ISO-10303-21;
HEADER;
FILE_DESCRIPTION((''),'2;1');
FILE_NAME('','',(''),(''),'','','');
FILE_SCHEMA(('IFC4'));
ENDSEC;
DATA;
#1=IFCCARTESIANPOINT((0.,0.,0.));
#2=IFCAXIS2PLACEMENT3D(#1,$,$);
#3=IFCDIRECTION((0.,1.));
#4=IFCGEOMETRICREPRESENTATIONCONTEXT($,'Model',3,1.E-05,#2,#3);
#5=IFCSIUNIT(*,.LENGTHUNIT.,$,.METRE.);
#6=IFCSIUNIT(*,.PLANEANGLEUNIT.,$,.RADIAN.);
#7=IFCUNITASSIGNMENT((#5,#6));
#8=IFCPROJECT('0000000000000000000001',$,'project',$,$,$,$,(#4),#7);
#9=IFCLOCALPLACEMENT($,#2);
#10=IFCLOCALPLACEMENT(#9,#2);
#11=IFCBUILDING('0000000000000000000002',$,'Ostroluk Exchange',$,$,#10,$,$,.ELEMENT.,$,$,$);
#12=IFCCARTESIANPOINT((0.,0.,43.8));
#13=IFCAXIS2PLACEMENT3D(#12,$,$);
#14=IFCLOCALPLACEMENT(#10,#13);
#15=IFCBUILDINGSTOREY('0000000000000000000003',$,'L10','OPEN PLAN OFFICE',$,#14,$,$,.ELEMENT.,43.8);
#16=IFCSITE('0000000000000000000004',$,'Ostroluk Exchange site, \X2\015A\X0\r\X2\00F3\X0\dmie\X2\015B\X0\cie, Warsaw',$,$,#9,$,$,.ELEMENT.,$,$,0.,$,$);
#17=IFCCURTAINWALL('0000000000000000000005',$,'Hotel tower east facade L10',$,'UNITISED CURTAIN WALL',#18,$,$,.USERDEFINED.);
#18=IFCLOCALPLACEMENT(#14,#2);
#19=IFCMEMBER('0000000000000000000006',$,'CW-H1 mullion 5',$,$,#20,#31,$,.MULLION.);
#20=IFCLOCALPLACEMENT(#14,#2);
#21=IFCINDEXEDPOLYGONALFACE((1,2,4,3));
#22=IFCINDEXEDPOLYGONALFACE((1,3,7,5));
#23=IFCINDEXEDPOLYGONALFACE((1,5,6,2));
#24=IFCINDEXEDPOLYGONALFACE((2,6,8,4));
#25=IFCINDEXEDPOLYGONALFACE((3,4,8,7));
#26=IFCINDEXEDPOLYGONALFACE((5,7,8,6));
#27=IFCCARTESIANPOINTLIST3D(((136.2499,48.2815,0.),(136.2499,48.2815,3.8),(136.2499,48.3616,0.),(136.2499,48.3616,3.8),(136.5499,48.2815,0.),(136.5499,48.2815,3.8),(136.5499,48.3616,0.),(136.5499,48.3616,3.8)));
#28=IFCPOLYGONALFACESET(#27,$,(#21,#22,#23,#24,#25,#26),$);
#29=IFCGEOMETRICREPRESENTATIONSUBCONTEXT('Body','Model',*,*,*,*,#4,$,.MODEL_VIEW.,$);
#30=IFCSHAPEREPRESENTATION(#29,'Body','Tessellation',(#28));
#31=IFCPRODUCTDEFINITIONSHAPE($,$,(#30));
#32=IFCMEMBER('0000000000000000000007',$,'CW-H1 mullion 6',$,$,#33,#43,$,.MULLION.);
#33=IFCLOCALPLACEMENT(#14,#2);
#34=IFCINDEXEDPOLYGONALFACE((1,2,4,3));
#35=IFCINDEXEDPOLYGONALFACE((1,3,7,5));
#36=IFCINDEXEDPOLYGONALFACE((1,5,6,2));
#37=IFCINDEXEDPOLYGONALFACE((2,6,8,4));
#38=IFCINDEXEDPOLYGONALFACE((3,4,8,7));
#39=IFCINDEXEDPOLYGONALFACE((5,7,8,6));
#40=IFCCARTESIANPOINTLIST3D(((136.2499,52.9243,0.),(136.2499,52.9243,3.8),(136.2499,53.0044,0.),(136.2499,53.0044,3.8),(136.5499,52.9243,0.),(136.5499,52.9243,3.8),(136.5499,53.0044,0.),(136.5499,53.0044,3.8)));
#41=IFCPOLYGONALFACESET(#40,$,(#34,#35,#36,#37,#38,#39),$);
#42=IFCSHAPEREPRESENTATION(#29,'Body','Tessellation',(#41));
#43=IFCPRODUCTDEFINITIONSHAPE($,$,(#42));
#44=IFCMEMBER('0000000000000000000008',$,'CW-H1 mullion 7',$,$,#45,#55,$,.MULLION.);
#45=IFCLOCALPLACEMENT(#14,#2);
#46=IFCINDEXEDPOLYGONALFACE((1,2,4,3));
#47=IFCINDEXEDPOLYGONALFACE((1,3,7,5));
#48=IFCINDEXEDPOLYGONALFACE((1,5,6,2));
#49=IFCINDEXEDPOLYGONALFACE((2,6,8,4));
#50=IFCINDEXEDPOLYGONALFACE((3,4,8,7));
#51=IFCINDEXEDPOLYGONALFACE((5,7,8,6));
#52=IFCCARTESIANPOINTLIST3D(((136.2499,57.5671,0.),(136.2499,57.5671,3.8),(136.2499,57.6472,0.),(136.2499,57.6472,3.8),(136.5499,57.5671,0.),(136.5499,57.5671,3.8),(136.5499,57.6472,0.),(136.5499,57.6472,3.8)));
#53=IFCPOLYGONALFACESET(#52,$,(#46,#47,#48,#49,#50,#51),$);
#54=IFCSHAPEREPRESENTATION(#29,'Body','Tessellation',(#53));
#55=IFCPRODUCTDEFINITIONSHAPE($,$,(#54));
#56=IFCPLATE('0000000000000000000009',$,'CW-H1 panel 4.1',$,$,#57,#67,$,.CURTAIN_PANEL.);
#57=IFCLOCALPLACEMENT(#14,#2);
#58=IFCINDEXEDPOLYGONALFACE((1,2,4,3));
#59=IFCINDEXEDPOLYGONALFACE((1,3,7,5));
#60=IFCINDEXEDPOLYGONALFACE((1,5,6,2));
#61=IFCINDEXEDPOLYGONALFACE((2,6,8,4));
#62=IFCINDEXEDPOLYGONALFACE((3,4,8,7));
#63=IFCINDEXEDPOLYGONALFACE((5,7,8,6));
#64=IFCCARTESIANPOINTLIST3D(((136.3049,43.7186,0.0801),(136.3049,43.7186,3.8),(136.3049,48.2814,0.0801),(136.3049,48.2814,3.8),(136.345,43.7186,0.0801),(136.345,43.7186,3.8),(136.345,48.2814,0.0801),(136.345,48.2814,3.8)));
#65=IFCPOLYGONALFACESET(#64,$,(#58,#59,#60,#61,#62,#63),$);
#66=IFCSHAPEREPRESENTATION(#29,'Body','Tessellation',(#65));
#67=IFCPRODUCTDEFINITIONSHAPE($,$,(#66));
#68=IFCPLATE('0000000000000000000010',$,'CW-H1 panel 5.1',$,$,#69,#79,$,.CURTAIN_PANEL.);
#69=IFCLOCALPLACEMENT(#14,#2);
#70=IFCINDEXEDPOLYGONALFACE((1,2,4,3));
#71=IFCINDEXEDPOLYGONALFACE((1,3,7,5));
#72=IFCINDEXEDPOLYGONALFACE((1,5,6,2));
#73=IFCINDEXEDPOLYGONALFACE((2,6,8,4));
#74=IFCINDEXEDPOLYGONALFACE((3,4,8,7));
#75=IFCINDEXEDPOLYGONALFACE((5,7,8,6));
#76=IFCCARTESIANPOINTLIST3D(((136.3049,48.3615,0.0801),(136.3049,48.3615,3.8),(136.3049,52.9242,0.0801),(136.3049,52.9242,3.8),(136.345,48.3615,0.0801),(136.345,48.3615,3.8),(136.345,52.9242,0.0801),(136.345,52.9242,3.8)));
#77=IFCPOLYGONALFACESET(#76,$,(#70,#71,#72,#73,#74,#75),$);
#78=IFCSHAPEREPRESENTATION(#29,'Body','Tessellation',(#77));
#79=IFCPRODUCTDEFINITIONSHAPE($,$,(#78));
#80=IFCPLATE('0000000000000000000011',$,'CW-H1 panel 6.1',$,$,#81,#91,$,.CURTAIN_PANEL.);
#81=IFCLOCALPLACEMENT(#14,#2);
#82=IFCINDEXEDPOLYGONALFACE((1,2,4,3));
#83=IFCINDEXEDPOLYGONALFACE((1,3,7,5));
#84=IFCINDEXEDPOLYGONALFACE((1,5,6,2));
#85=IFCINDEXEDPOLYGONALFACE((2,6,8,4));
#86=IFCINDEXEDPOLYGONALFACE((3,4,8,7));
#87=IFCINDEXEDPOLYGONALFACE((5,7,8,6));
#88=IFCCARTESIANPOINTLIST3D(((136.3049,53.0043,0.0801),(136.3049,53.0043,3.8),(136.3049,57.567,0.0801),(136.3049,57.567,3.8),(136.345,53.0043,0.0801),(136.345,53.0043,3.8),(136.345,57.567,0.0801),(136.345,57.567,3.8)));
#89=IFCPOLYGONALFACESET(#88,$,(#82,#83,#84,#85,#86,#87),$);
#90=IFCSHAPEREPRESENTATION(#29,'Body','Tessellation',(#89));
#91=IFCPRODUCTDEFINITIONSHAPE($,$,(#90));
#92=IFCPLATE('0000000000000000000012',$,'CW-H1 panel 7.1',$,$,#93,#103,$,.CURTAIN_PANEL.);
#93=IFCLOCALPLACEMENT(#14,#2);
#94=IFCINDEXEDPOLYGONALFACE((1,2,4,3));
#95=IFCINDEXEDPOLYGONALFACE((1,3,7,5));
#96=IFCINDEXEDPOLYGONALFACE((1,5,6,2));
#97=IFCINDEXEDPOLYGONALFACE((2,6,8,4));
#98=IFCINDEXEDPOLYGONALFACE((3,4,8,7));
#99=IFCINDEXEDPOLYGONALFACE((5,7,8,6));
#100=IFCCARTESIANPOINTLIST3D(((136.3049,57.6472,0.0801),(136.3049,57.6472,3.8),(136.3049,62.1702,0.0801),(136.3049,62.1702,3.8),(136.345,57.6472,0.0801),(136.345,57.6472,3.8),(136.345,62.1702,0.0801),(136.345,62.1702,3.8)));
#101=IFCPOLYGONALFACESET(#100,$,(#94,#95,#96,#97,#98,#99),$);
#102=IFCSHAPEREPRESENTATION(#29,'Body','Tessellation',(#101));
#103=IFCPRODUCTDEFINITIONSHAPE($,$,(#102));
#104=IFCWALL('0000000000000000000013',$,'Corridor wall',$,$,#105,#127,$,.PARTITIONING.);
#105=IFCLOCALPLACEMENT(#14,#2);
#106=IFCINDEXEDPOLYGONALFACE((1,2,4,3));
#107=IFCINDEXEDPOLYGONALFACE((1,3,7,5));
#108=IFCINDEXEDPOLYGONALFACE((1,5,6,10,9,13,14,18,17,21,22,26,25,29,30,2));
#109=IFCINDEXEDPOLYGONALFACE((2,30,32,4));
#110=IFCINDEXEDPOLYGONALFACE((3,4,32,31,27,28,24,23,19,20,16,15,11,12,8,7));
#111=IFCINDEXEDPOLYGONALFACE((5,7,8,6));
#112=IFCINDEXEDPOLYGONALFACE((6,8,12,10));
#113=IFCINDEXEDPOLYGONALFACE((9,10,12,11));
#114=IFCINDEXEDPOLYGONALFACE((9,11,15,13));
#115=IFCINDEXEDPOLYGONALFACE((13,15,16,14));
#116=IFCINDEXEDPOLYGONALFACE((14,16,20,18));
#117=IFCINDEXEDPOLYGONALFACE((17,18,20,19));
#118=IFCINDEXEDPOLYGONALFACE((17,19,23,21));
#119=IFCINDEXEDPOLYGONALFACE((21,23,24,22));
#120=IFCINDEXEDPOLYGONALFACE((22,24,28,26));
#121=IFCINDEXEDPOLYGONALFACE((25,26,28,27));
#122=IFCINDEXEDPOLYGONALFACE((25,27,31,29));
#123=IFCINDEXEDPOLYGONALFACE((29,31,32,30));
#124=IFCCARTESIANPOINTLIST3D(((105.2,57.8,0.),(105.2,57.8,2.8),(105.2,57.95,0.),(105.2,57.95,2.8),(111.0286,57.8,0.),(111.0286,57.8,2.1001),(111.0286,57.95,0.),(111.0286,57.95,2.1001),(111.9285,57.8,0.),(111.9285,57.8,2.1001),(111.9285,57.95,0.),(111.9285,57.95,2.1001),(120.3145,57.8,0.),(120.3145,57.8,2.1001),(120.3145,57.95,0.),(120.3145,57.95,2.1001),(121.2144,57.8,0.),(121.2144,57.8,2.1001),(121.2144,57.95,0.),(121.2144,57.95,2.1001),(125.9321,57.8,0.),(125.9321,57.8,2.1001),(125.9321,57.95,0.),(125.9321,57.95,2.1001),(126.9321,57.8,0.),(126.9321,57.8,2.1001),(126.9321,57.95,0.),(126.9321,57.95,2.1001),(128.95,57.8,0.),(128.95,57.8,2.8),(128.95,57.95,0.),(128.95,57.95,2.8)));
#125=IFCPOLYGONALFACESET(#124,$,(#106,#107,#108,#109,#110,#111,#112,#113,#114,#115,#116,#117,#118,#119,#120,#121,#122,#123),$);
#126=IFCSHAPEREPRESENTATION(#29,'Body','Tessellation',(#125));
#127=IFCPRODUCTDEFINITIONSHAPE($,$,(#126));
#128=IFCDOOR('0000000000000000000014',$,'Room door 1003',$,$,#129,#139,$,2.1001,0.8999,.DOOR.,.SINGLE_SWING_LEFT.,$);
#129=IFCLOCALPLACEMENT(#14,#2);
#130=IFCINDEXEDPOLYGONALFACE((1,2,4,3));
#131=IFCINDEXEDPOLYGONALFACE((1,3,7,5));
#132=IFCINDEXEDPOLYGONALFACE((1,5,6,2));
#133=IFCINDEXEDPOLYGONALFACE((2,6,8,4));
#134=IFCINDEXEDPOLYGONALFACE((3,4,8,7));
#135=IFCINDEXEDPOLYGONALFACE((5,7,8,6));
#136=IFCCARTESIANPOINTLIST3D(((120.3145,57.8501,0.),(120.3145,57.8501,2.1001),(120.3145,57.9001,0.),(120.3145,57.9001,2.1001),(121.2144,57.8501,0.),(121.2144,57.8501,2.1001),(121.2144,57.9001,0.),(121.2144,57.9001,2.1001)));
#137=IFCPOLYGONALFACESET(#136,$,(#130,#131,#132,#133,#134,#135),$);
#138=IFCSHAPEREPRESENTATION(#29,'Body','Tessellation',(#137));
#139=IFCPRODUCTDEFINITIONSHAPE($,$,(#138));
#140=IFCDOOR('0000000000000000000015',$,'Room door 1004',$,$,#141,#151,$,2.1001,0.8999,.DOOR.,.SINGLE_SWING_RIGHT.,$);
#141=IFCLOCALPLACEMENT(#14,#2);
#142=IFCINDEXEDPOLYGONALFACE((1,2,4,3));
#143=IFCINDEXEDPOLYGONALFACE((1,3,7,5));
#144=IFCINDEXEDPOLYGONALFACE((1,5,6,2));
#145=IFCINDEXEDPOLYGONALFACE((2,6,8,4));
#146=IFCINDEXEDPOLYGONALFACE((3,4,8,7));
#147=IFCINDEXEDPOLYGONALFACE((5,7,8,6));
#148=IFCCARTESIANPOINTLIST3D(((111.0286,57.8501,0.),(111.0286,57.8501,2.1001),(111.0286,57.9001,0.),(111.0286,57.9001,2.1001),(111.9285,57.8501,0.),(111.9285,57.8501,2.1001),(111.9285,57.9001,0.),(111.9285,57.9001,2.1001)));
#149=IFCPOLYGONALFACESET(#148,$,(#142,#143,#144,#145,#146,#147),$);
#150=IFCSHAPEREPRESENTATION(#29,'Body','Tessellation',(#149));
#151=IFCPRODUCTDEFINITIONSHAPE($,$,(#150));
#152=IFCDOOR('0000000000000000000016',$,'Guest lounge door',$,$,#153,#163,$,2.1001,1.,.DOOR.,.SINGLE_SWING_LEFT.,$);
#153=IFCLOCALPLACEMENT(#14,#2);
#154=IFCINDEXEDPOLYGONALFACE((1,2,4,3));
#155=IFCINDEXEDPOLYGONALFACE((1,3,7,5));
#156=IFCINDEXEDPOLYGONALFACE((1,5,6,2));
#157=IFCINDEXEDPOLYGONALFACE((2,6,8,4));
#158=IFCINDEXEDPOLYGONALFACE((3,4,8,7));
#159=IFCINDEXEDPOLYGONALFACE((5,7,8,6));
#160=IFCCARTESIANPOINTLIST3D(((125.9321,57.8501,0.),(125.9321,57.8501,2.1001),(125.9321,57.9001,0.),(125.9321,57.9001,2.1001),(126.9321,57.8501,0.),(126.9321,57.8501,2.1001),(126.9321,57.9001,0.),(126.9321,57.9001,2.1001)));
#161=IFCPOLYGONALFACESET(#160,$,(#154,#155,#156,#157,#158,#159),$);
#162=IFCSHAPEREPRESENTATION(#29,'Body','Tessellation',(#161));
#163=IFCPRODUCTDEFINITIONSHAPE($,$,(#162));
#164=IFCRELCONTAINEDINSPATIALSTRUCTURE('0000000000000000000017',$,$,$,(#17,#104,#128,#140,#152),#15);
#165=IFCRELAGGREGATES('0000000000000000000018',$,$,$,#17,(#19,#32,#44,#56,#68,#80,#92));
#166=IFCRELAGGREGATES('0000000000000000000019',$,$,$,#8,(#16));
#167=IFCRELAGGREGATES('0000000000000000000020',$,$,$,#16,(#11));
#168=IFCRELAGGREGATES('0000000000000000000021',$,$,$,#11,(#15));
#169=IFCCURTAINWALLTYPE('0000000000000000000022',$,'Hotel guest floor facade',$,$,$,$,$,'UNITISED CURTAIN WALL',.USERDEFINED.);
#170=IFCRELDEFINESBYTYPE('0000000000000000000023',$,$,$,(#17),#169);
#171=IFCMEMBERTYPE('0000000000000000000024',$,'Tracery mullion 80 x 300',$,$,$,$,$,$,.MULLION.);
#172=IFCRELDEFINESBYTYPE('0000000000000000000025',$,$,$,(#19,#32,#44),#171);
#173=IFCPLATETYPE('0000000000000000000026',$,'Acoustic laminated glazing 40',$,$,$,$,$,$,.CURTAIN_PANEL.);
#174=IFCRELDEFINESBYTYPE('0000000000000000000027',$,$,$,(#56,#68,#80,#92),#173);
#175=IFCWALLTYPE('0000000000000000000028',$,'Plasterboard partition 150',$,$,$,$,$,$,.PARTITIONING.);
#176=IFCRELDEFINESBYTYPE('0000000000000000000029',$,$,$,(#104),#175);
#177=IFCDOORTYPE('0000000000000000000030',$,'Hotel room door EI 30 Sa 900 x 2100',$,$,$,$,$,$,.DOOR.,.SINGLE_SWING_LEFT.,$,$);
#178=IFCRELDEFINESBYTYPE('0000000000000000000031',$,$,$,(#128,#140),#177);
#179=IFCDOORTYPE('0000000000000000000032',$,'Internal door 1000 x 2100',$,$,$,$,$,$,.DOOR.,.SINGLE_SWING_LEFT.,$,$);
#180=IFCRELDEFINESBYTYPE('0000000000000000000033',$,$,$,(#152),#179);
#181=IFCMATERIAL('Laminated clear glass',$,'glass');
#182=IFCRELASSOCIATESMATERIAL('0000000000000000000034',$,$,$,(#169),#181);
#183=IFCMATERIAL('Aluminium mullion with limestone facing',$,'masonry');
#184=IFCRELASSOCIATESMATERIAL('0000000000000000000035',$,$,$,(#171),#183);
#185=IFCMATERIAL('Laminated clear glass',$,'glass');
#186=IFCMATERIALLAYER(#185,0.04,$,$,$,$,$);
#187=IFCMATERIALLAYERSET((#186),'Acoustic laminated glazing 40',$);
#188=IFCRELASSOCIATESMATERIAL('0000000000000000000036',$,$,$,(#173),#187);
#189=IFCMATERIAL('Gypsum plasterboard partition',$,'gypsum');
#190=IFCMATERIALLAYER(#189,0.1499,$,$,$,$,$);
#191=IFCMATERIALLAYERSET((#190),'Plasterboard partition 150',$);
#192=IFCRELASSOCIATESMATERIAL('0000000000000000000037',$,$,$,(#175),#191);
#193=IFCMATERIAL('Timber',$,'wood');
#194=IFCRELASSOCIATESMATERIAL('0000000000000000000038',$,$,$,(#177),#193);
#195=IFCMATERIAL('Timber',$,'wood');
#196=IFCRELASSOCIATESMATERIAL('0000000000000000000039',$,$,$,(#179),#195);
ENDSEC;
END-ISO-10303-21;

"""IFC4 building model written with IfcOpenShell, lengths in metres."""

from ifc_helpers import new_model, si_unit, direction, frame, frame_2d, origin, origin_2d, place, context, subcontext, project, spatial, rectangle, extrude, material, layer, layer_set, material_profile, profile_set, type_object, element, fill, aggregate, save


model = new_model("IFC4")

# Units and contexts
model_context = context("Model", 3, precision=1e-05, world=origin(), true_north=direction((0.0, 1.0)))
body_context = subcontext(model_context, "Body", "Model", "MODEL_VIEW")
ifc_project = project(units=[si_unit("LENGTHUNIT", "METRE"), si_unit("PLANEANGLEUNIT", "RADIAN")], contexts=[model_context])

# Site, building, storey
site_placement = place(None, origin())
site = spatial("IfcSite", under=ifc_project, at=site_placement, Name="Ostroluk Exchange site, Śródmieście, Warsaw", CompositionType="ELEMENT", RefElevation=0.0)
building_placement = place(site_placement, origin())
building = spatial("IfcBuilding", under=site, at=building_placement, Name="Ostroluk Exchange", CompositionType="ELEMENT")
storey_placement = place(building_placement, frame((0.0, 0.0, 43.8)))
storey = spatial("IfcBuildingStorey", under=building, at=storey_placement, Name="L10", Description="OPEN PLAN OFFICE", CompositionType="ELEMENT", Elevation=43.8)

# Curtain wall, members, plates
ifc_material_1 = material(Name="Laminated clear glass", Category="glass")
curtain_wall_type = type_object("IfcCurtainWallType", Name="Hotel guest floor facade", ElementType="UNITISED CURTAIN WALL", PredefinedType="USERDEFINED", material=ifc_material_1)
curtain_wall_placement = place(storey_placement, origin())
curtain_wall = element("IfcCurtainWall", 1, at=curtain_wall_placement, inside=storey, type_object=curtain_wall_type, Name="Hotel tower east facade L10", ObjectType="UNITISED CURTAIN WALL", PredefinedType="USERDEFINED")
ifc_material_2 = material(Name="Aluminium mullion with limestone facing", Category="masonry")
ifc_material_profile_1 = material_profile(ifc_material_2, rectangle(XDim=0.3, YDim=0.0801, at=origin_2d()), Name="Tracery mullion 80 x 300")
ifc_profile_set_1 = profile_set([ifc_material_profile_1], Name="Aluminium mullion with limestone facing")
member_type_1 = type_object("IfcMemberType", Name="Tracery mullion 80 x 300", PredefinedType="MULLION", material=ifc_profile_set_1)
member_1_placement = place(storey_placement, frame((136.3999, 48.3215, 0.0), z_axis=(0.0, 0.0, 1.0), x_axis=(-1.0, 0.0, 0.0)))
member_1 = element("IfcMember", 2, at=member_1_placement, type_object=member_type_1, Name="CW-H1 mullion 5", PredefinedType="MULLION", context=body_context, shape_type="SweptSolid", body=[
    extrude(rectangle(XDim=0.3, YDim=0.0801, at=origin_2d()), origin(), (0.0, 0.0, 1.0), 3.8),
])
member_2_placement = place(storey_placement, frame((136.3999, 52.9644, 0.0), z_axis=(0.0, 0.0, 1.0), x_axis=(-1.0, 0.0, 0.0)))
member_2 = element("IfcMember", 3, at=member_2_placement, type_object=member_type_1, Name="CW-H1 mullion 6", PredefinedType="MULLION", context=body_context, shape_type="SweptSolid", body=[
    extrude(rectangle(XDim=0.3, YDim=0.0801, at=origin_2d()), origin(), (0.0, 0.0, 1.0), 3.8),
])
member_3_placement = place(storey_placement, frame((136.3999, 57.6072, 0.0), z_axis=(0.0, 0.0, 1.0), x_axis=(-1.0, 0.0, 0.0)))
member_3 = element("IfcMember", 4, at=member_3_placement, type_object=member_type_1, Name="CW-H1 mullion 7", PredefinedType="MULLION", context=body_context, shape_type="SweptSolid", body=[
    extrude(rectangle(XDim=0.3, YDim=0.0801, at=origin_2d()), origin(), (0.0, 0.0, 1.0), 3.8),
])
ifc_material_3 = material(Name="Laminated clear glass", Category="glass")
ifc_layer_1 = layer(ifc_material_3, 0.04)
ifc_layer_set_1 = layer_set([ifc_layer_1], Name="Acoustic laminated glazing 40")
plate_type = type_object("IfcPlateType", Name="Acoustic laminated glazing 40", PredefinedType="CURTAIN_PANEL", material=ifc_layer_set_1)
plate_1_placement = place(storey_placement, frame((136.325, 46.0, 0.0801), z_axis=(0.0, 0.0, 1.0), x_axis=(0.0, 1.0, 0.0)))
plate_1 = element("IfcPlate", 5, at=plate_1_placement, type_object=plate_type, Name="CW-H1 panel 4.1", PredefinedType="CURTAIN_PANEL", context=body_context, shape_type="SweptSolid", body=[
    extrude(rectangle(XDim=4.5627, YDim=0.04, at=origin_2d()), origin(), (0.0, 0.0, 1.0), 3.72),
])
plate_2_placement = place(storey_placement, frame((136.325, 50.6428, 0.0801), z_axis=(0.0, 0.0, 1.0), x_axis=(0.0, 1.0, 0.0)))
plate_2 = element("IfcPlate", 6, at=plate_2_placement, type_object=plate_type, Name="CW-H1 panel 5.1", PredefinedType="CURTAIN_PANEL", context=body_context, shape_type="SweptSolid", body=[
    extrude(rectangle(XDim=4.5627, YDim=0.04, at=origin_2d()), origin(), (0.0, 0.0, 1.0), 3.72),
])
plate_3_placement = place(storey_placement, frame((136.325, 55.2856, 0.0801), z_axis=(0.0, 0.0, 1.0), x_axis=(0.0, 1.0, 0.0)))
plate_3 = element("IfcPlate", 7, at=plate_3_placement, type_object=plate_type, Name="CW-H1 panel 6.1", PredefinedType="CURTAIN_PANEL", context=body_context, shape_type="SweptSolid", body=[
    extrude(rectangle(XDim=4.5627, YDim=0.04, at=origin_2d()), origin(), (0.0, 0.0, 1.0), 3.72),
])
plate_4_placement = place(storey_placement, frame((136.325, 59.9087, 0.0801), z_axis=(0.0, 0.0, 1.0), x_axis=(0.0, 1.0, 0.0)))
plate_4 = element("IfcPlate", 8, at=plate_4_placement, type_object=plate_type, Name="CW-H1 panel 7.1", PredefinedType="CURTAIN_PANEL", context=body_context, shape_type="SweptSolid", body=[
    extrude(rectangle(XDim=4.5229, YDim=0.04, at=origin_2d()), origin(), (0.0, 0.0, 1.0), 3.72),
])
aggregate(curtain_wall, [member_1, member_2, member_3, plate_1, plate_2, plate_3, plate_4])

# Wall, openings, doors
ifc_material_4 = material(Name="Gypsum plasterboard partition", Category="gypsum")
ifc_layer_2 = layer(ifc_material_4, 0.1499)
ifc_layer_set_2 = layer_set([ifc_layer_2], Name="Plasterboard partition 150")
wall_type_1 = type_object("IfcWallType", Name="Plasterboard partition 150", PredefinedType="PARTITIONING", material=ifc_layer_set_2)
wall_1_placement = place(storey_placement, frame((128.95, 57.875, 0.0), z_axis=(0.0, 0.0, 1.0), x_axis=(-1.0, 0.0, 0.0)))
wall_1 = element("IfcWall", 9, at=wall_1_placement, inside=storey, type_object=wall_type_1, Name="Corridor wall", PredefinedType="PARTITIONING", context=body_context, shape_type="SweptSolid", body=[
    extrude(rectangle(XDim=23.75, YDim=0.1499, at=frame_2d((11.875, 0.0))), origin(), (0.0, 0.0, 1.0), 2.8),
])
opening_1_placement = place(wall_1_placement, frame((2.0178, 0.0, 0.0)))
opening_1 = element("IfcOpeningElement", 10, at=opening_1_placement, cuts=wall_1, PredefinedType="OPENING", context=body_context, shape_type="SweptSolid", body=[
    extrude(rectangle(XDim=1.0, YDim=2.1001, at=frame_2d((0.5, 1.05))), frame((0.0, 0.085, 0.0), z_axis=(0.0, -1.0, 0.0), x_axis=(1.0, 0.0, 0.0)), (0.0, 0.0, 1.0), 0.1699),
])
opening_2_placement = place(wall_1_placement, frame((7.7356, 0.0, 0.0)))
opening_2 = element("IfcOpeningElement", 11, at=opening_2_placement, cuts=wall_1, PredefinedType="OPENING", context=body_context, shape_type="SweptSolid", body=[
    extrude(rectangle(XDim=0.8999, YDim=2.1001, at=frame_2d((0.45, 1.05))), frame((0.0, 0.085, 0.0), z_axis=(0.0, -1.0, 0.0), x_axis=(1.0, 0.0, 0.0)), (0.0, 0.0, 1.0), 0.1699),
])
opening_3_placement = place(wall_1_placement, frame((17.0215, 0.0, 0.0)))
opening_3 = element("IfcOpeningElement", 12, at=opening_3_placement, cuts=wall_1, PredefinedType="OPENING", context=body_context, shape_type="SweptSolid", body=[
    extrude(rectangle(XDim=0.8999, YDim=2.1001, at=frame_2d((0.45, 1.05))), frame((0.0, 0.085, 0.0), z_axis=(0.0, -1.0, 0.0), x_axis=(1.0, 0.0, 0.0)), (0.0, 0.0, 1.0), 0.1699),
])
ifc_material_5 = material(Name="Timber", Category="wood")
door_type_1 = type_object("IfcDoorType", Name="Hotel room door EI 30 Sa 900 x 2100", OperationType="SINGLE_SWING_LEFT", PredefinedType="DOOR", material=ifc_material_5)
door_1_placement = place(opening_2_placement, origin())
door_1 = element("IfcDoor", 13, at=door_1_placement, inside=storey, type_object=door_type_1, Name="Room door 1003", OperationType="SINGLE_SWING_LEFT", OverallHeight=2.1001, OverallWidth=0.8999, PredefinedType="DOOR", context=body_context, shape_type="SweptSolid", body=[
    extrude(rectangle(XDim=0.8999, YDim=2.1001, at=frame_2d((0.45, 1.05))), frame((0.0, 0.0249, 0.0), z_axis=(0.0, -1.0, 0.0), x_axis=(1.0, 0.0, 0.0)), (0.0, 0.0, 1.0), 0.05),
])
fill(opening_2, door_1)
door_2_placement = place(opening_3_placement, origin())
door_2 = element("IfcDoor", 14, at=door_2_placement, inside=storey, type_object=door_type_1, Name="Room door 1004", OperationType="SINGLE_SWING_RIGHT", OverallHeight=2.1001, OverallWidth=0.8999, PredefinedType="DOOR", context=body_context, shape_type="SweptSolid", body=[
    extrude(rectangle(XDim=0.8999, YDim=2.1001, at=frame_2d((0.45, 1.05))), frame((0.0, 0.0249, 0.0), z_axis=(0.0, -1.0, 0.0), x_axis=(1.0, 0.0, 0.0)), (0.0, 0.0, 1.0), 0.05),
])
fill(opening_3, door_2)
ifc_material_6 = material(Name="Timber", Category="wood")
door_type_2 = type_object("IfcDoorType", Name="Internal door 1000 x 2100", OperationType="SINGLE_SWING_LEFT", PredefinedType="DOOR", material=ifc_material_6)
door_3_placement = place(opening_1_placement, origin())
door_3 = element("IfcDoor", 15, at=door_3_placement, inside=storey, type_object=door_type_2, Name="Guest lounge door", OperationType="SINGLE_SWING_LEFT", OverallHeight=2.1001, OverallWidth=1.0, PredefinedType="DOOR", context=body_context, shape_type="SweptSolid", body=[
    extrude(rectangle(XDim=1.0, YDim=2.1001, at=frame_2d((0.5, 1.05))), frame((0.0, 0.0249, 0.0), z_axis=(0.0, -1.0, 0.0), x_axis=(1.0, 0.0, 0.0)), (0.0, 0.0, 1.0), 0.05),
])
fill(opening_1, door_3)

save(model, "model.ifc")
